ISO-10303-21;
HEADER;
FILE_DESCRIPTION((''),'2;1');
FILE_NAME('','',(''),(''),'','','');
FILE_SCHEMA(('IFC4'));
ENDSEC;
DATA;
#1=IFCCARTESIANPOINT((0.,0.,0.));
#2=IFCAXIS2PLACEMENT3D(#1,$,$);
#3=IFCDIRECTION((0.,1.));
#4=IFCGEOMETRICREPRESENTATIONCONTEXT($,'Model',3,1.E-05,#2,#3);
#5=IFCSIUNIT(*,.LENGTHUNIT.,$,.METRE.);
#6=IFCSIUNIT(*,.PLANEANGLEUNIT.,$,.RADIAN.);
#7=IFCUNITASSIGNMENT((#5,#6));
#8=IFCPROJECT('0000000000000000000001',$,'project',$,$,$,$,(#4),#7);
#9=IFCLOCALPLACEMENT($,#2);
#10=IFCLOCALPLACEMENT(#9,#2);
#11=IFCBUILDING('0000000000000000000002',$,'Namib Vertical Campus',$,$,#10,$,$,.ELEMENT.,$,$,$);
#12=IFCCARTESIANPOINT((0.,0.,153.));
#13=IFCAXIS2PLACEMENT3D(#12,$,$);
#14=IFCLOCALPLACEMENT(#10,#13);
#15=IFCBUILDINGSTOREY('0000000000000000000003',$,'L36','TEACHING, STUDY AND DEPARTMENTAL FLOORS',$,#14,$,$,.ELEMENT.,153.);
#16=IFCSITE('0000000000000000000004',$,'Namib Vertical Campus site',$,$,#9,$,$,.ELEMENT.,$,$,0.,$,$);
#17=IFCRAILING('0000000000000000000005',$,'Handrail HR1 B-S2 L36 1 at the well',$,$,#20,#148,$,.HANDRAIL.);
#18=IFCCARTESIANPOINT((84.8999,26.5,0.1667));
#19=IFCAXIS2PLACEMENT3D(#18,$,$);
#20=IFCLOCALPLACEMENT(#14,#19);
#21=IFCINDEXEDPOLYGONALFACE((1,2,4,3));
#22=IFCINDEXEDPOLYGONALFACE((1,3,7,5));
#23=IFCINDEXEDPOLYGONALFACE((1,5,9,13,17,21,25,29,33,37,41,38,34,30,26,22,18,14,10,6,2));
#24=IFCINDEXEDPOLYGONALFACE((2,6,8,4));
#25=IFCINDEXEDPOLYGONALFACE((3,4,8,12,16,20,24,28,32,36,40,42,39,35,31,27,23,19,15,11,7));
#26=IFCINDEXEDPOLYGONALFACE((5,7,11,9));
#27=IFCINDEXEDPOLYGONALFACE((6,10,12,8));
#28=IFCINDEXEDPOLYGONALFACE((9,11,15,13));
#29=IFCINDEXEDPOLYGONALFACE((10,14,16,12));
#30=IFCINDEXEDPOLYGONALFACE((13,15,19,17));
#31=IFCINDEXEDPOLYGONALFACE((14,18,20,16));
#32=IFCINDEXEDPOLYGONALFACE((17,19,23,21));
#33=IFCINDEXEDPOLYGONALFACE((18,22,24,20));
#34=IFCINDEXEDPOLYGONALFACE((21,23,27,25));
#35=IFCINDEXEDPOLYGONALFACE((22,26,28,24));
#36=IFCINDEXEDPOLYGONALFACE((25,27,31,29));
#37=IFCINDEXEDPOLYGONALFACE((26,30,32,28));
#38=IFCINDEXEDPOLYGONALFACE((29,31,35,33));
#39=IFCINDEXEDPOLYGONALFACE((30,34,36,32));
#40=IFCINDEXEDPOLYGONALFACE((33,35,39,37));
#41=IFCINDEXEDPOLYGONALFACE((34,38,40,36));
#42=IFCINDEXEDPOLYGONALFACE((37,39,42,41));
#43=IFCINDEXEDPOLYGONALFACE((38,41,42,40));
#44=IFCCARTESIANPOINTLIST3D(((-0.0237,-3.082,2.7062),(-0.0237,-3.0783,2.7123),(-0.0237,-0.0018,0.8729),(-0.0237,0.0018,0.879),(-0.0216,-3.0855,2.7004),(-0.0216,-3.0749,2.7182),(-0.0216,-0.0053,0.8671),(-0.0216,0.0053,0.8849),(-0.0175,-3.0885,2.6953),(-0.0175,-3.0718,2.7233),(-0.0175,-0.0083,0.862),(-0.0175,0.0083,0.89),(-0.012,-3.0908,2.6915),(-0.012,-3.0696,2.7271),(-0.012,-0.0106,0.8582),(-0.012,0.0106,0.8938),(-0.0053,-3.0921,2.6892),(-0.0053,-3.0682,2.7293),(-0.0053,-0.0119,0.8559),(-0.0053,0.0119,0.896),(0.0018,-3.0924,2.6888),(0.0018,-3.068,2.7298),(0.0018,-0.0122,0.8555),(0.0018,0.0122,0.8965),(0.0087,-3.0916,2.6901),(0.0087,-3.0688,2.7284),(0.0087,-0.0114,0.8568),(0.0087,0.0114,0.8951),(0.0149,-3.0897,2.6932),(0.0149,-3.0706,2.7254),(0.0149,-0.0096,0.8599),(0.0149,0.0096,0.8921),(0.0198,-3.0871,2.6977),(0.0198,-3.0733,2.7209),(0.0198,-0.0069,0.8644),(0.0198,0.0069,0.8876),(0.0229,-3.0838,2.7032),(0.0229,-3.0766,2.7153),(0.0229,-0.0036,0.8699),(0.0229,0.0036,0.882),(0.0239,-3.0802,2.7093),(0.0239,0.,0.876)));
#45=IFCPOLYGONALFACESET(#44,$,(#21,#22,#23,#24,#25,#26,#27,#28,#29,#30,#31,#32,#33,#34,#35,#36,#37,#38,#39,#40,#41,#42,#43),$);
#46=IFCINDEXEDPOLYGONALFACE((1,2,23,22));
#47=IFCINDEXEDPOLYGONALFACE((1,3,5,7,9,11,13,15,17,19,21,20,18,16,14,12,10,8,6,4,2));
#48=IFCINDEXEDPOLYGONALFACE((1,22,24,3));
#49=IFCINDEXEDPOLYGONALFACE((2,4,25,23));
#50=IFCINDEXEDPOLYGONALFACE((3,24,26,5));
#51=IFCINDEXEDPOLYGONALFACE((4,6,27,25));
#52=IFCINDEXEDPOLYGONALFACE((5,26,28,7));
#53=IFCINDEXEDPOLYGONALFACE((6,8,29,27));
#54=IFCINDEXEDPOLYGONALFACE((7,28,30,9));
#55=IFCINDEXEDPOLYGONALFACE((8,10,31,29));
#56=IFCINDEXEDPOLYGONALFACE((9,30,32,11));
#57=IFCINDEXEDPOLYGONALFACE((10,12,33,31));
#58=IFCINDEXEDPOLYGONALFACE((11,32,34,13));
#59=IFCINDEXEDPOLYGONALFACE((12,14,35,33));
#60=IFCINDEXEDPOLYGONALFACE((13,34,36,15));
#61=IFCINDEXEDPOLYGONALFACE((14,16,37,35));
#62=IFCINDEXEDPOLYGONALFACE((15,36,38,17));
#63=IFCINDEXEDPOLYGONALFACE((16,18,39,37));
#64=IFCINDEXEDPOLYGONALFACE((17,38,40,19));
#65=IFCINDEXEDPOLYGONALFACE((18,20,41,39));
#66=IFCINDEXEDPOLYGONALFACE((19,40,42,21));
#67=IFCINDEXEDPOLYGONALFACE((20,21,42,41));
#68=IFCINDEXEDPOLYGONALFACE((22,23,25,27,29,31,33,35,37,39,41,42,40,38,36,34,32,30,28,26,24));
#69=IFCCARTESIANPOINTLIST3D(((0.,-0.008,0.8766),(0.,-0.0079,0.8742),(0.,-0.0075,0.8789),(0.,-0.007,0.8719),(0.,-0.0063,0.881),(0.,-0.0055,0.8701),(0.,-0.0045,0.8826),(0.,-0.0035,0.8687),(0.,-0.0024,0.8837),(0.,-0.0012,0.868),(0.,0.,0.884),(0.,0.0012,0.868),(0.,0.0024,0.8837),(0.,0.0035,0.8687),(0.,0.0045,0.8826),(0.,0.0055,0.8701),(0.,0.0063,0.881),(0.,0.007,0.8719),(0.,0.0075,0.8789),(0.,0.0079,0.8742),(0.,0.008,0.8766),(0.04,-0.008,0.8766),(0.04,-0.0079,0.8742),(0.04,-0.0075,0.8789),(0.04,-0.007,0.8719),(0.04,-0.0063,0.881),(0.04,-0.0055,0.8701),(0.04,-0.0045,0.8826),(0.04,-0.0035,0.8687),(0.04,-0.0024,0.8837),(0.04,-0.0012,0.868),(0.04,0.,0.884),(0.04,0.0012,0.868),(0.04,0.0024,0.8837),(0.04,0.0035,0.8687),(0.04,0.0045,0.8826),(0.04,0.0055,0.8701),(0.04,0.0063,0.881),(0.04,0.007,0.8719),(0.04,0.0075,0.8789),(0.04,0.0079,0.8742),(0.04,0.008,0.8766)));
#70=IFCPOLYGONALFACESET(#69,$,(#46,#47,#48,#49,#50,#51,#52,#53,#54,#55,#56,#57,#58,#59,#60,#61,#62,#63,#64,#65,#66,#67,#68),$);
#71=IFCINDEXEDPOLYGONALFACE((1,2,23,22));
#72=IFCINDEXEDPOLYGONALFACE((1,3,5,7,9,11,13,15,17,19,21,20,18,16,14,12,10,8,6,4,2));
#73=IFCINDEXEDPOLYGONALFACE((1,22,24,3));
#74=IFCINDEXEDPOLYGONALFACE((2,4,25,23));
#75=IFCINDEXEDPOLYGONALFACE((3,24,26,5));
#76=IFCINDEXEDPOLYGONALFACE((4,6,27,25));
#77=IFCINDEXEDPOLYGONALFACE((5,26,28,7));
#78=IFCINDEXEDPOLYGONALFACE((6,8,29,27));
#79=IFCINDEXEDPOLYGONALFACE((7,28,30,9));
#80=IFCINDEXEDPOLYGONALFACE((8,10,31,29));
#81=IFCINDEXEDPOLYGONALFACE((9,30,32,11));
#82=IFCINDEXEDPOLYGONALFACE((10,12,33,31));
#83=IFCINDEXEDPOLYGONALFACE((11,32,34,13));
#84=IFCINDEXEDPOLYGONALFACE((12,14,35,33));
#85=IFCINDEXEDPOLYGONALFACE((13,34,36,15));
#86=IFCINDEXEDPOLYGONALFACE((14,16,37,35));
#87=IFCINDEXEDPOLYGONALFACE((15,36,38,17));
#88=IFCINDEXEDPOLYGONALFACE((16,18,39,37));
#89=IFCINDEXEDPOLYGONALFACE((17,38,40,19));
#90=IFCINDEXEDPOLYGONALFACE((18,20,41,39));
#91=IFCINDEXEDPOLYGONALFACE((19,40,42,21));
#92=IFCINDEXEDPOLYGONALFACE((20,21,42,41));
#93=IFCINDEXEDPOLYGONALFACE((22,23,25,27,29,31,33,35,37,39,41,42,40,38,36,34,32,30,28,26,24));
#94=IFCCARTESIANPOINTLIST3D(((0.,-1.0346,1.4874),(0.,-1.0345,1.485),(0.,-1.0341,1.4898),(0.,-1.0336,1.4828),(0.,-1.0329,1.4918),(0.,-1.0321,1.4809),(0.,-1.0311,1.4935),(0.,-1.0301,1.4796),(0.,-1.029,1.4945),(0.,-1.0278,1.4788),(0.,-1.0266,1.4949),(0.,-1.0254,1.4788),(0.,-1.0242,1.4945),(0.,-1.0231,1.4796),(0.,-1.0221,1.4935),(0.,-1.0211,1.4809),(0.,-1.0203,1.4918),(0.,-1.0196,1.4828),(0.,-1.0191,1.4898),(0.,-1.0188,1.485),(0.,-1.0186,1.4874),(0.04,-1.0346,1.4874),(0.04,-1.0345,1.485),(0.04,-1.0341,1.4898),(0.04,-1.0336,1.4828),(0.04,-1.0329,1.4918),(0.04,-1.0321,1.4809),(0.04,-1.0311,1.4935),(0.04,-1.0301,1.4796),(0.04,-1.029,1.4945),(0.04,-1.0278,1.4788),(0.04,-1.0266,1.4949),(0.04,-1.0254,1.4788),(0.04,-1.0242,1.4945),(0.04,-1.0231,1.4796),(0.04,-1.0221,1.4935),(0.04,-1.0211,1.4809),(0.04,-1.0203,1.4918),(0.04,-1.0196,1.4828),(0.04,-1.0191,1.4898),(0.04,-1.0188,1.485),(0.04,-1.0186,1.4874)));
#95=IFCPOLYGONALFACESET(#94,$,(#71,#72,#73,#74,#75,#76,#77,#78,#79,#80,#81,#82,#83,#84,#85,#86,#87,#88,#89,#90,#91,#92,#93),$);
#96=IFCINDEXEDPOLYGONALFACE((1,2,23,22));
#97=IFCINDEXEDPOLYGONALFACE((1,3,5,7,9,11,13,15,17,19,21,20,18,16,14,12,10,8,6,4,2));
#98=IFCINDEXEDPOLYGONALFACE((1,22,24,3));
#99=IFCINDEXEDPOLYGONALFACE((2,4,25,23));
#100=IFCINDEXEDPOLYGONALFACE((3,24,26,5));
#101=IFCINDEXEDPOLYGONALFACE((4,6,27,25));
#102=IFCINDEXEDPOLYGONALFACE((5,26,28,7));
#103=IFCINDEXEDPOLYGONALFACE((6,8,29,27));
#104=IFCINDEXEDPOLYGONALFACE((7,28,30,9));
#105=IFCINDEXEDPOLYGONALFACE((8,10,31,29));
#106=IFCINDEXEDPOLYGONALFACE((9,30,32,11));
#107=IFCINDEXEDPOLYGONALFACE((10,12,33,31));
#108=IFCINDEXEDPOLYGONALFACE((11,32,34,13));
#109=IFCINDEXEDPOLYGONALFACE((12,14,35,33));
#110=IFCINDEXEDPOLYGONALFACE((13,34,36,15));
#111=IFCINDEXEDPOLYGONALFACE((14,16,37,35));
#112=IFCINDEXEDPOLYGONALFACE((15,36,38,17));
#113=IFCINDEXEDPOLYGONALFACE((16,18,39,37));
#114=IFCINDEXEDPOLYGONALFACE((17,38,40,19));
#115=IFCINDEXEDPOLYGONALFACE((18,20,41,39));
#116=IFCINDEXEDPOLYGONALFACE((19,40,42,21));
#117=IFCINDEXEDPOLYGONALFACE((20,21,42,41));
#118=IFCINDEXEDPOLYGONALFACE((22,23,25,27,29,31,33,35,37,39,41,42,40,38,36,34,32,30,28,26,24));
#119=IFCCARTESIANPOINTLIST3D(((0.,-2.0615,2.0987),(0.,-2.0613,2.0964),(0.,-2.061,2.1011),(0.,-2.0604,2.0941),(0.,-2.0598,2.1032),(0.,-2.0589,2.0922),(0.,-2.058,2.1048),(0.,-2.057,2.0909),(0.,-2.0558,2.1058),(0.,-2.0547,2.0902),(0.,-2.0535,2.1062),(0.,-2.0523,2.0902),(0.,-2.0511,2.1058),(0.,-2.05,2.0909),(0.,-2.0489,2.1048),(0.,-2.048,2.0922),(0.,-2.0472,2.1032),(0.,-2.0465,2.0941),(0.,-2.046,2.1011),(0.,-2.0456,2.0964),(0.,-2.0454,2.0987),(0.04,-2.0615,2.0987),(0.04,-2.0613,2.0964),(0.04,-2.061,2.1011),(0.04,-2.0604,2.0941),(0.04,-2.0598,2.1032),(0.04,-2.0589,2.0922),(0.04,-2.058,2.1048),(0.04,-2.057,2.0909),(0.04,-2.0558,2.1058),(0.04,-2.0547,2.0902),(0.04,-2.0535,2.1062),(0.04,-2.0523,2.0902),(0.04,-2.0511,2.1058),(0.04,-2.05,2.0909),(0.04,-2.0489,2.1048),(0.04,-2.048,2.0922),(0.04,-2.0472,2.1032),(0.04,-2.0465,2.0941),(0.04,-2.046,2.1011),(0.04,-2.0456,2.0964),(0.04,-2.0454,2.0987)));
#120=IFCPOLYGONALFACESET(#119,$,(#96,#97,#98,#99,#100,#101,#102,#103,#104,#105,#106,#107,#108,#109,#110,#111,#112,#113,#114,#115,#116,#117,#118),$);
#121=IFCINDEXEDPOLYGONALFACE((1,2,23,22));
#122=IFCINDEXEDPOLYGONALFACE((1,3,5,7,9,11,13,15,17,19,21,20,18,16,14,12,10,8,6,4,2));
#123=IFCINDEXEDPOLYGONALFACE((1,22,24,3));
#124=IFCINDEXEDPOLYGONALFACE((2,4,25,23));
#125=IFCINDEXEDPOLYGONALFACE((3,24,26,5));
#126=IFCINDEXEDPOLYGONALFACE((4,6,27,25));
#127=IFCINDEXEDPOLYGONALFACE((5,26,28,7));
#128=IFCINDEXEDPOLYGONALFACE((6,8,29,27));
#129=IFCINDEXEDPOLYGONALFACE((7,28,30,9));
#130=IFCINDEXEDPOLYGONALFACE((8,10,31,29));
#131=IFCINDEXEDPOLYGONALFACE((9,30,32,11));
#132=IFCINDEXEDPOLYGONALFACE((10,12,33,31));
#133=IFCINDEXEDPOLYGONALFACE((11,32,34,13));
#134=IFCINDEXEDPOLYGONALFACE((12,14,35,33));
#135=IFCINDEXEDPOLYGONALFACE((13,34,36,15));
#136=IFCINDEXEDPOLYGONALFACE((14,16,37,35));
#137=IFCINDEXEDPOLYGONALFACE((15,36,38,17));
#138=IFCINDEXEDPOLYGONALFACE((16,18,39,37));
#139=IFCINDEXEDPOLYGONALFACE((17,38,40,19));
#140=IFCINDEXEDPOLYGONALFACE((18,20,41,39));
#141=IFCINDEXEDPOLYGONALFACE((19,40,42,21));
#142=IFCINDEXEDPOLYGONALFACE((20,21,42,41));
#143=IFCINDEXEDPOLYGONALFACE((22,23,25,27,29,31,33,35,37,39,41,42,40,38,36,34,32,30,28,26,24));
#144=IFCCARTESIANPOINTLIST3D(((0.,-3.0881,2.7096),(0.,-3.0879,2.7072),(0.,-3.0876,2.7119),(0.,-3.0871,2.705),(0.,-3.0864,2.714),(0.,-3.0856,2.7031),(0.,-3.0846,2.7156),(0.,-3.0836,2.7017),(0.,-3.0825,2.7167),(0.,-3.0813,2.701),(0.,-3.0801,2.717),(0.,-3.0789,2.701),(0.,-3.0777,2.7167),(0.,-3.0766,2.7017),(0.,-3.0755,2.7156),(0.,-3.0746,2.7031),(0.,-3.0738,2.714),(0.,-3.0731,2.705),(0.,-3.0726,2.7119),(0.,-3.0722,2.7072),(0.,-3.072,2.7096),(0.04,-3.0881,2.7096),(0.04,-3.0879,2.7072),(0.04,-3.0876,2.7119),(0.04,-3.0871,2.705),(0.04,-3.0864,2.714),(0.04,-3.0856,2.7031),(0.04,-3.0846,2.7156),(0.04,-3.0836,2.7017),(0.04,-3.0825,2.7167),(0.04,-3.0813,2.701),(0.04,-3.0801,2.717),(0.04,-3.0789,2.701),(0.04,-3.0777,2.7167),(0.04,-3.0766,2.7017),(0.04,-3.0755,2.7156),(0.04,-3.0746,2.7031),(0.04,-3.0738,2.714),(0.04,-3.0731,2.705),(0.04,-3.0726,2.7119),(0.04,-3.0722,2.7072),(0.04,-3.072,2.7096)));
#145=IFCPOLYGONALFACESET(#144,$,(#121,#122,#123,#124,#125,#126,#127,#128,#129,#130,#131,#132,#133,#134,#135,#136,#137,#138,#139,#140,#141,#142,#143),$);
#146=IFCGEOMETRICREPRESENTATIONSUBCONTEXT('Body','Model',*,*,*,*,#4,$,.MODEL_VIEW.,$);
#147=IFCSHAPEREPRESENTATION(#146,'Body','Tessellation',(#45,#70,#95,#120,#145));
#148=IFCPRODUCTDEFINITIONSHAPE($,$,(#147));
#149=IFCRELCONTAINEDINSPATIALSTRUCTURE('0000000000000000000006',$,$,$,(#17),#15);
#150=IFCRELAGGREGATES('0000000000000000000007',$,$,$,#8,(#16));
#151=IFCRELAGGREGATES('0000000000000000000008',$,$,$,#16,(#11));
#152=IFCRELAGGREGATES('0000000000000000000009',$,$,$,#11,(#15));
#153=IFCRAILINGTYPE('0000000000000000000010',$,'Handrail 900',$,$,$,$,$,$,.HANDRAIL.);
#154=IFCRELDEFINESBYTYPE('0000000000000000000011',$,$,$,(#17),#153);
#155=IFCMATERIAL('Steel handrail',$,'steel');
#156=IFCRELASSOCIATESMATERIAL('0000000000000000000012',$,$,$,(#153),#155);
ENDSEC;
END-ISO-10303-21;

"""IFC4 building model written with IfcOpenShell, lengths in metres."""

from ifc_helpers import new_model, si_unit, direction, frame, origin, origin_2d, place, context, subcontext, project, spatial, circle, extrude, material, type_object, element, save


model = new_model("IFC4")

# Units and contexts
model_context = context("Model", 3, precision=1e-05, world=origin(), true_north=direction((0.0, 1.0)))
body_context = subcontext(model_context, "Body", "Model", "MODEL_VIEW")
ifc_project = project(units=[si_unit("LENGTHUNIT", "METRE"), si_unit("PLANEANGLEUNIT", "RADIAN")], contexts=[model_context])

# Site, building, storey
site_placement = place(None, origin())
site = spatial("IfcSite", under=ifc_project, at=site_placement, Name="Namib Vertical Campus site", CompositionType="ELEMENT", RefElevation=0.0)
building_placement = place(site_placement, origin())
building = spatial("IfcBuilding", under=site, at=building_placement, Name="Namib Vertical Campus", CompositionType="ELEMENT")
storey_placement = place(building_placement, frame((0.0, 0.0, 153.0)))
storey = spatial("IfcBuildingStorey", under=building, at=storey_placement, Name="L36", Description="TEACHING, STUDY AND DEPARTMENTAL FLOORS", CompositionType="ELEMENT", Elevation=153.0)

# Railing
ifc_material_1 = material(Name="Steel handrail", Category="steel")
railing_type_1 = type_object("IfcRailingType", Name="Handrail 900", PredefinedType="HANDRAIL", material=ifc_material_1)
railing_1_placement = place(storey_placement, frame((84.8999, 26.5, 0.1667)))
element("IfcRailing", 1, at=railing_1_placement, inside=storey, type_object=railing_type_1, Name="Handrail HR1 B-S2 L36 1 at the well", PredefinedType="HANDRAIL", context=body_context, shape_type="SweptSolid", body=[
    extrude(circle(Radius=0.0239, at=origin_2d()), frame((0.0, 0.0, 0.876), z_axis=(0.0, -0.859309, 0.511458), x_axis=(1.0, 0.0, 0.0)), (0.0, 0.0, 1.0), 3.5845),
    extrude(circle(Radius=0.0081, at=origin_2d()), frame((0.0, 0.0, 0.876), z_axis=(1.0, 0.0, 0.0), x_axis=(0.0, 0.0, 1.0)), (0.0, 0.0, 1.0), 0.04),
    extrude(circle(Radius=0.0081, at=origin_2d()), frame((0.0, -1.0266, 1.4868), z_axis=(1.0, 0.0, 0.0), x_axis=(0.0, 0.0, 1.0)), (0.0, 0.0, 1.0), 0.04),
    extrude(circle(Radius=0.0081, at=origin_2d()), frame((0.0, -2.0535, 2.0981), z_axis=(1.0, 0.0, 0.0), x_axis=(0.0, 0.0, 1.0)), (0.0, 0.0, 1.0), 0.04),
    extrude(circle(Radius=0.0081, at=origin_2d()), frame((0.0, -3.0801, 2.709), z_axis=(1.0, 0.0, 0.0), x_axis=(0.0, 0.0, 1.0)), (0.0, 0.0, 1.0), 0.04),
])

save(model, "model.ifc")
